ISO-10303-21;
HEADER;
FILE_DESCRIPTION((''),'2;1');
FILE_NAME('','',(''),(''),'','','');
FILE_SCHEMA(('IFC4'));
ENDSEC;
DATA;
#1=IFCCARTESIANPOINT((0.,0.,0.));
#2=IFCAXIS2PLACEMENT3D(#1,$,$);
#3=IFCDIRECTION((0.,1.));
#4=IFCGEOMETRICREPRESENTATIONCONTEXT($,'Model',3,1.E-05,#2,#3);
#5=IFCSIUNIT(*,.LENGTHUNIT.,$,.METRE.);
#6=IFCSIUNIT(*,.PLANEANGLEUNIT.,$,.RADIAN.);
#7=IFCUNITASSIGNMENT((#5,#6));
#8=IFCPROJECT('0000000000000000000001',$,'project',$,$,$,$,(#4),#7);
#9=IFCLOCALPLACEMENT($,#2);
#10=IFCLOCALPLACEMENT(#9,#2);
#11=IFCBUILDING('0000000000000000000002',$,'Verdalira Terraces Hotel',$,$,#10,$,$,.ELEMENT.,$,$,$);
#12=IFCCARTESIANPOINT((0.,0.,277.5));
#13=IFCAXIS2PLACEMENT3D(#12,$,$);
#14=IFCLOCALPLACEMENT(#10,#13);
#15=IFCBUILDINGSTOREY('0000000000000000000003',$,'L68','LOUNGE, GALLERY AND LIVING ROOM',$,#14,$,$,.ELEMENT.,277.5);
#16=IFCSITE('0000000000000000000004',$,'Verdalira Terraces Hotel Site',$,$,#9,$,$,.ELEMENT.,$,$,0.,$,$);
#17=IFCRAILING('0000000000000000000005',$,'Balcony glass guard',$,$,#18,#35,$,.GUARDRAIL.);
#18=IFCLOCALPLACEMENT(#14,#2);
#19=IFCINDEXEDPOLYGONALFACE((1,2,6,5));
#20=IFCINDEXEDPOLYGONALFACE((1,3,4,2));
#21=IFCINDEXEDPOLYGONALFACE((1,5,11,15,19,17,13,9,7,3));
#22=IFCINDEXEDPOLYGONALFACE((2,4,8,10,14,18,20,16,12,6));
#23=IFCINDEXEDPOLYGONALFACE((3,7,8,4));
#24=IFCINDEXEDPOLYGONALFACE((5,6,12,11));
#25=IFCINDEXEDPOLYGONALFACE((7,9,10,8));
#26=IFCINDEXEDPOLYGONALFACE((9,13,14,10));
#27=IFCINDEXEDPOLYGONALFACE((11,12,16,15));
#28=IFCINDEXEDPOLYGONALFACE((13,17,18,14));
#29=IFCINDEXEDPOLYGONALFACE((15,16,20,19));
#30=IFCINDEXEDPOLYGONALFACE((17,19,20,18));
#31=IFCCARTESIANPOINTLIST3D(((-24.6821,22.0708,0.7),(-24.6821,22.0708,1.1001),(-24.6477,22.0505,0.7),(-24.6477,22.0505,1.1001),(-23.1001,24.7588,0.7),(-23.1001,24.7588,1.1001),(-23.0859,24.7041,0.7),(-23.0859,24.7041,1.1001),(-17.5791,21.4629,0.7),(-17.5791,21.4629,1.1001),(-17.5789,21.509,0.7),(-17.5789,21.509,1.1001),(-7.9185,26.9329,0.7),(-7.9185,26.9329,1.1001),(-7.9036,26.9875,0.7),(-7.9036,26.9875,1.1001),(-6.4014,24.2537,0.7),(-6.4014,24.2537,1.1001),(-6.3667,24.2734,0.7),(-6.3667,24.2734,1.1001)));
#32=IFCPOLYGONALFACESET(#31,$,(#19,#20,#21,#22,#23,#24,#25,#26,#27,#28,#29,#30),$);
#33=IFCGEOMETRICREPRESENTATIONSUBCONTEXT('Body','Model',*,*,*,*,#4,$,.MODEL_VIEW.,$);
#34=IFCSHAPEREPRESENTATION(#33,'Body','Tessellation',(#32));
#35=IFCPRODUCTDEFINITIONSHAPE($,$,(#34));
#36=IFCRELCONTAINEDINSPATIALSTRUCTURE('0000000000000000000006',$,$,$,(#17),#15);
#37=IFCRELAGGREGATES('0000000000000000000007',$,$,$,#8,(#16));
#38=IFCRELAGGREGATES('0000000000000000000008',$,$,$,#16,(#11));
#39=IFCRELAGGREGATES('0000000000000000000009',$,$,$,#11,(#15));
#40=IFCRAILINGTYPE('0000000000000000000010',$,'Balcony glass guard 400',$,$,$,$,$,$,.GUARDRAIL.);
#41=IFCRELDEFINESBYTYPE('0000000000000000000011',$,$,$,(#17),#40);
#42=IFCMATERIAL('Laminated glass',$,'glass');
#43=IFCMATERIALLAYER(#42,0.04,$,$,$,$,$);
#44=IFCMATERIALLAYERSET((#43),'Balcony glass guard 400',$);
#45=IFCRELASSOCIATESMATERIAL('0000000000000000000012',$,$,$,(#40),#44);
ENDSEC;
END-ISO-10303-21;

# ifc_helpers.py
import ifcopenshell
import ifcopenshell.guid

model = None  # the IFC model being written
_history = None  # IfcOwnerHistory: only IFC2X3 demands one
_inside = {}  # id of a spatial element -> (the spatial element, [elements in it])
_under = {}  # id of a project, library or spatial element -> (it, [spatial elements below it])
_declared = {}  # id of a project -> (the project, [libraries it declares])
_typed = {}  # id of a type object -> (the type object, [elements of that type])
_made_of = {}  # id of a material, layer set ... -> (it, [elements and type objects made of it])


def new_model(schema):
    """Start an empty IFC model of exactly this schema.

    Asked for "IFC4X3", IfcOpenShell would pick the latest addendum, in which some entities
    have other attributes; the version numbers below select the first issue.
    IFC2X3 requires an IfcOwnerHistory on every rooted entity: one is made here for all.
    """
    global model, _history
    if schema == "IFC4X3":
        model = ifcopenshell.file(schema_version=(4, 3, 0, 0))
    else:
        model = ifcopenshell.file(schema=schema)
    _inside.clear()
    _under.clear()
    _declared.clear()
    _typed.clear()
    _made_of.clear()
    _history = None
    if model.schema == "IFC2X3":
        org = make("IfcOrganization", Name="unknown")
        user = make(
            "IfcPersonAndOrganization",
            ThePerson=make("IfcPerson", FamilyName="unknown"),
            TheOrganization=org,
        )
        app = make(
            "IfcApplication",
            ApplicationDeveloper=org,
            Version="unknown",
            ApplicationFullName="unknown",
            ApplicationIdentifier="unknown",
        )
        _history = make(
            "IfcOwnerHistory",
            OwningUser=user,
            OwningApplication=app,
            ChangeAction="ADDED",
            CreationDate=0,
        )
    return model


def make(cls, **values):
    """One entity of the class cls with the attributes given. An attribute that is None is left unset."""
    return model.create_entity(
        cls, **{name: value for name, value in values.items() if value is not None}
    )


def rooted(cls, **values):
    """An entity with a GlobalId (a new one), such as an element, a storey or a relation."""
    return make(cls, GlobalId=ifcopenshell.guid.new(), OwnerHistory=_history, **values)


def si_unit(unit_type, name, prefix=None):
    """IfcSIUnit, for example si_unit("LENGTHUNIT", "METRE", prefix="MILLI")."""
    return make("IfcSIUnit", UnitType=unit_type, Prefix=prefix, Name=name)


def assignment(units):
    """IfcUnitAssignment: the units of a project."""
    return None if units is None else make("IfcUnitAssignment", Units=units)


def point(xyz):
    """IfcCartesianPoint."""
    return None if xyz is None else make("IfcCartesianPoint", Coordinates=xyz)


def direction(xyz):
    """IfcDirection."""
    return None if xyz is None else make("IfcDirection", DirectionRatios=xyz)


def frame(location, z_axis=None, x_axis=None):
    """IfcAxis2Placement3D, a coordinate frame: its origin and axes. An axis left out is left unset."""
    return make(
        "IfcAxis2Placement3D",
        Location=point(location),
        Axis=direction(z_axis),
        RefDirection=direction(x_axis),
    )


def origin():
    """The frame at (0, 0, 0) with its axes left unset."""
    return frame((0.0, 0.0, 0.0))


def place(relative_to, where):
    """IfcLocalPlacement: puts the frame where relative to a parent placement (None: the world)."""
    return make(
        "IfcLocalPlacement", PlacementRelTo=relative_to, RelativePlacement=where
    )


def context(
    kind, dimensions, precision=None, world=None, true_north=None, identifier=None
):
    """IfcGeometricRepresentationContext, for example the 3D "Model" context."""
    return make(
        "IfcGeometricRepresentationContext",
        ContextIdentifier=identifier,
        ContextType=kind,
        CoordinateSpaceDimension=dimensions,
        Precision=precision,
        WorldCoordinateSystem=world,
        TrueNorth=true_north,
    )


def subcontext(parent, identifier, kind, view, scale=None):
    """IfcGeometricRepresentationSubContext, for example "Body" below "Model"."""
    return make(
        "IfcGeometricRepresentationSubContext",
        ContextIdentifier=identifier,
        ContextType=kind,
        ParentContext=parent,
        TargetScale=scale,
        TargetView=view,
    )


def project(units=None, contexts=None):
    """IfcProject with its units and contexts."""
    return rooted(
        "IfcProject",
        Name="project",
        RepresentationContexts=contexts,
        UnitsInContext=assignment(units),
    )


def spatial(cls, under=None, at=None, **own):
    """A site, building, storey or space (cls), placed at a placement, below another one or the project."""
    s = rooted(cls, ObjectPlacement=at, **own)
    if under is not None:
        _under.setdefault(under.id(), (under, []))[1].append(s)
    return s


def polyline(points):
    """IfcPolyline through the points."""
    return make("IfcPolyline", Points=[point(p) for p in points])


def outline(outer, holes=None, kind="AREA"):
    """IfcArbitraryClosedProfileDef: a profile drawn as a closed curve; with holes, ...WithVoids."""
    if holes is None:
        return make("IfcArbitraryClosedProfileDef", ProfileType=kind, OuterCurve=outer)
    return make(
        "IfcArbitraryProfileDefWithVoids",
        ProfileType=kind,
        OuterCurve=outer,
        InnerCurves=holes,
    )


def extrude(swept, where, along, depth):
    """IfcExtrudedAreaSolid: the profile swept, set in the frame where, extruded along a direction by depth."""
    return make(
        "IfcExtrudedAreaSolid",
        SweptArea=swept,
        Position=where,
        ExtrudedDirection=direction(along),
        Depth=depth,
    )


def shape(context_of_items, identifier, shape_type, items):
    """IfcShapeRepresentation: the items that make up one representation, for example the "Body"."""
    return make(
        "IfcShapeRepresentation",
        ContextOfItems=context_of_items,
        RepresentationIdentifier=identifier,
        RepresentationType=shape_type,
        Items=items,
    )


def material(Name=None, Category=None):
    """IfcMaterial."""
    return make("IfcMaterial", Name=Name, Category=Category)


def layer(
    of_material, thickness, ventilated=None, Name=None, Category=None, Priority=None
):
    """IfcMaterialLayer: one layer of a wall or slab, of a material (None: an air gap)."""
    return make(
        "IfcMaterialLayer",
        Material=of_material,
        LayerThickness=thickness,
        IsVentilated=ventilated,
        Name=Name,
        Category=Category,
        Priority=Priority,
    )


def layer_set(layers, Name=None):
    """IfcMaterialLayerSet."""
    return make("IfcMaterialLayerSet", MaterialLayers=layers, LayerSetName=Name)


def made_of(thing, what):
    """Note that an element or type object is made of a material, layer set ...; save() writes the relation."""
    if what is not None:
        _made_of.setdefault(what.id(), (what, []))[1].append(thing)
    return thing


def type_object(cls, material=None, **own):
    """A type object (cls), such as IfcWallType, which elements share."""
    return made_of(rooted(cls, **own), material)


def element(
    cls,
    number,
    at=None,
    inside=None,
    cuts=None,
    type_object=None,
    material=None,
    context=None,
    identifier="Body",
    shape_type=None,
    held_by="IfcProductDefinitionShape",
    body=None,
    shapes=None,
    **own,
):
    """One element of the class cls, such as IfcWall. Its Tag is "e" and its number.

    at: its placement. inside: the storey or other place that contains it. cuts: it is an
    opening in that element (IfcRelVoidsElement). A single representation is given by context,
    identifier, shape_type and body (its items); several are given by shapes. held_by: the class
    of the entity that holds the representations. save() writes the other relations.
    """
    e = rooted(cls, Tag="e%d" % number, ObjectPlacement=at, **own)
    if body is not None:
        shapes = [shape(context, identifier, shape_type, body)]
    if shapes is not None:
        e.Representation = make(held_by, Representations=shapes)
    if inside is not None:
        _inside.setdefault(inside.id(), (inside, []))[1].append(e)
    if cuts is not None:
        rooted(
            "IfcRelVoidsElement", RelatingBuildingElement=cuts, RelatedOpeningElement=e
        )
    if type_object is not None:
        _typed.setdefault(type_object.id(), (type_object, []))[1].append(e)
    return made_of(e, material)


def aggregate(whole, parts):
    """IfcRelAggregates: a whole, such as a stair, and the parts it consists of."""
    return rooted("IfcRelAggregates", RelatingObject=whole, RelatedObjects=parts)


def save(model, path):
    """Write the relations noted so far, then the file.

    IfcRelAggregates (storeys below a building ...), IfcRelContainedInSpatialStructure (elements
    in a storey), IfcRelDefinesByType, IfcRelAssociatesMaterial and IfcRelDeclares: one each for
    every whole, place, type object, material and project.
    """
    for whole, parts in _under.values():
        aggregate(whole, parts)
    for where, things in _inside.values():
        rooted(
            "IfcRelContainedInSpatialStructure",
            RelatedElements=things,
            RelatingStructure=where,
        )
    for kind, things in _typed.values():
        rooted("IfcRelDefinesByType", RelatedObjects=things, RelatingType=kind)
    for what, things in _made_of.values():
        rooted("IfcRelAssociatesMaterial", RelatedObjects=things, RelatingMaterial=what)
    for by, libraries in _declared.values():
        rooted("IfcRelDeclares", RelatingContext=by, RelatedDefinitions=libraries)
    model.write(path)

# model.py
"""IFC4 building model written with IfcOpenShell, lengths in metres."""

from ifc_helpers import new_model, si_unit, direction, frame, origin, place, context, subcontext, project, spatial, polyline, outline, extrude, material, layer, layer_set, type_object, element, save


model = new_model("IFC4")

# Units and contexts
model_context = context("Model", 3, precision=1e-05, world=origin(), true_north=direction((0.0, 1.0)))
body_context = subcontext(model_context, "Body", "Model", "MODEL_VIEW")
ifc_project = project(units=[si_unit("LENGTHUNIT", "METRE"), si_unit("PLANEANGLEUNIT", "RADIAN")], contexts=[model_context])

# Site, building, storey
site_placement = place(None, origin())
site = spatial("IfcSite", under=ifc_project, at=site_placement, Name="Verdalira Terraces Hotel Site", CompositionType="ELEMENT", RefElevation=0.0)
building_placement = place(site_placement, origin())
building = spatial("IfcBuilding", under=site, at=building_placement, Name="Verdalira Terraces Hotel", CompositionType="ELEMENT")
storey_placement = place(building_placement, frame((0.0, 0.0, 277.5)))
storey = spatial("IfcBuildingStorey", under=building, at=storey_placement, Name="L68", Description="LOUNGE, GALLERY AND LIVING ROOM", CompositionType="ELEMENT", Elevation=277.5)

# Railing
ifc_material_1 = material(Name="Laminated glass", Category="glass")
ifc_layer_1 = layer(ifc_material_1, 0.04)
ifc_layer_set_1 = layer_set([ifc_layer_1], Name="Balcony glass guard 400")
railing_type_1 = type_object("IfcRailingType", Name="Balcony glass guard 400", PredefinedType="GUARDRAIL", material=ifc_layer_set_1)
railing_1_placement = place(storey_placement, frame((0.0, 0.0, 0.7)))
element("IfcRailing", 1, at=railing_1_placement, inside=storey, type_object=railing_type_1, Name="Balcony glass guard", PredefinedType="GUARDRAIL", context=body_context, shape_type="SweptSolid", body=[
    extrude(outline(polyline([(-7.9185, 26.9329), (-17.5791, 21.4629), (-23.0859, 24.7041), (-24.6477, 22.0505), (-24.6821, 22.0708), (-23.1001, 24.7588), (-17.5789, 21.509), (-7.9036, 26.9875), (-6.3667, 24.2734), (-6.4014, 24.2537), (-7.9185, 26.9329)])), origin(), (0.0, 0.0, 1.0), 0.4001),
])

save(model, "model.ifc")
